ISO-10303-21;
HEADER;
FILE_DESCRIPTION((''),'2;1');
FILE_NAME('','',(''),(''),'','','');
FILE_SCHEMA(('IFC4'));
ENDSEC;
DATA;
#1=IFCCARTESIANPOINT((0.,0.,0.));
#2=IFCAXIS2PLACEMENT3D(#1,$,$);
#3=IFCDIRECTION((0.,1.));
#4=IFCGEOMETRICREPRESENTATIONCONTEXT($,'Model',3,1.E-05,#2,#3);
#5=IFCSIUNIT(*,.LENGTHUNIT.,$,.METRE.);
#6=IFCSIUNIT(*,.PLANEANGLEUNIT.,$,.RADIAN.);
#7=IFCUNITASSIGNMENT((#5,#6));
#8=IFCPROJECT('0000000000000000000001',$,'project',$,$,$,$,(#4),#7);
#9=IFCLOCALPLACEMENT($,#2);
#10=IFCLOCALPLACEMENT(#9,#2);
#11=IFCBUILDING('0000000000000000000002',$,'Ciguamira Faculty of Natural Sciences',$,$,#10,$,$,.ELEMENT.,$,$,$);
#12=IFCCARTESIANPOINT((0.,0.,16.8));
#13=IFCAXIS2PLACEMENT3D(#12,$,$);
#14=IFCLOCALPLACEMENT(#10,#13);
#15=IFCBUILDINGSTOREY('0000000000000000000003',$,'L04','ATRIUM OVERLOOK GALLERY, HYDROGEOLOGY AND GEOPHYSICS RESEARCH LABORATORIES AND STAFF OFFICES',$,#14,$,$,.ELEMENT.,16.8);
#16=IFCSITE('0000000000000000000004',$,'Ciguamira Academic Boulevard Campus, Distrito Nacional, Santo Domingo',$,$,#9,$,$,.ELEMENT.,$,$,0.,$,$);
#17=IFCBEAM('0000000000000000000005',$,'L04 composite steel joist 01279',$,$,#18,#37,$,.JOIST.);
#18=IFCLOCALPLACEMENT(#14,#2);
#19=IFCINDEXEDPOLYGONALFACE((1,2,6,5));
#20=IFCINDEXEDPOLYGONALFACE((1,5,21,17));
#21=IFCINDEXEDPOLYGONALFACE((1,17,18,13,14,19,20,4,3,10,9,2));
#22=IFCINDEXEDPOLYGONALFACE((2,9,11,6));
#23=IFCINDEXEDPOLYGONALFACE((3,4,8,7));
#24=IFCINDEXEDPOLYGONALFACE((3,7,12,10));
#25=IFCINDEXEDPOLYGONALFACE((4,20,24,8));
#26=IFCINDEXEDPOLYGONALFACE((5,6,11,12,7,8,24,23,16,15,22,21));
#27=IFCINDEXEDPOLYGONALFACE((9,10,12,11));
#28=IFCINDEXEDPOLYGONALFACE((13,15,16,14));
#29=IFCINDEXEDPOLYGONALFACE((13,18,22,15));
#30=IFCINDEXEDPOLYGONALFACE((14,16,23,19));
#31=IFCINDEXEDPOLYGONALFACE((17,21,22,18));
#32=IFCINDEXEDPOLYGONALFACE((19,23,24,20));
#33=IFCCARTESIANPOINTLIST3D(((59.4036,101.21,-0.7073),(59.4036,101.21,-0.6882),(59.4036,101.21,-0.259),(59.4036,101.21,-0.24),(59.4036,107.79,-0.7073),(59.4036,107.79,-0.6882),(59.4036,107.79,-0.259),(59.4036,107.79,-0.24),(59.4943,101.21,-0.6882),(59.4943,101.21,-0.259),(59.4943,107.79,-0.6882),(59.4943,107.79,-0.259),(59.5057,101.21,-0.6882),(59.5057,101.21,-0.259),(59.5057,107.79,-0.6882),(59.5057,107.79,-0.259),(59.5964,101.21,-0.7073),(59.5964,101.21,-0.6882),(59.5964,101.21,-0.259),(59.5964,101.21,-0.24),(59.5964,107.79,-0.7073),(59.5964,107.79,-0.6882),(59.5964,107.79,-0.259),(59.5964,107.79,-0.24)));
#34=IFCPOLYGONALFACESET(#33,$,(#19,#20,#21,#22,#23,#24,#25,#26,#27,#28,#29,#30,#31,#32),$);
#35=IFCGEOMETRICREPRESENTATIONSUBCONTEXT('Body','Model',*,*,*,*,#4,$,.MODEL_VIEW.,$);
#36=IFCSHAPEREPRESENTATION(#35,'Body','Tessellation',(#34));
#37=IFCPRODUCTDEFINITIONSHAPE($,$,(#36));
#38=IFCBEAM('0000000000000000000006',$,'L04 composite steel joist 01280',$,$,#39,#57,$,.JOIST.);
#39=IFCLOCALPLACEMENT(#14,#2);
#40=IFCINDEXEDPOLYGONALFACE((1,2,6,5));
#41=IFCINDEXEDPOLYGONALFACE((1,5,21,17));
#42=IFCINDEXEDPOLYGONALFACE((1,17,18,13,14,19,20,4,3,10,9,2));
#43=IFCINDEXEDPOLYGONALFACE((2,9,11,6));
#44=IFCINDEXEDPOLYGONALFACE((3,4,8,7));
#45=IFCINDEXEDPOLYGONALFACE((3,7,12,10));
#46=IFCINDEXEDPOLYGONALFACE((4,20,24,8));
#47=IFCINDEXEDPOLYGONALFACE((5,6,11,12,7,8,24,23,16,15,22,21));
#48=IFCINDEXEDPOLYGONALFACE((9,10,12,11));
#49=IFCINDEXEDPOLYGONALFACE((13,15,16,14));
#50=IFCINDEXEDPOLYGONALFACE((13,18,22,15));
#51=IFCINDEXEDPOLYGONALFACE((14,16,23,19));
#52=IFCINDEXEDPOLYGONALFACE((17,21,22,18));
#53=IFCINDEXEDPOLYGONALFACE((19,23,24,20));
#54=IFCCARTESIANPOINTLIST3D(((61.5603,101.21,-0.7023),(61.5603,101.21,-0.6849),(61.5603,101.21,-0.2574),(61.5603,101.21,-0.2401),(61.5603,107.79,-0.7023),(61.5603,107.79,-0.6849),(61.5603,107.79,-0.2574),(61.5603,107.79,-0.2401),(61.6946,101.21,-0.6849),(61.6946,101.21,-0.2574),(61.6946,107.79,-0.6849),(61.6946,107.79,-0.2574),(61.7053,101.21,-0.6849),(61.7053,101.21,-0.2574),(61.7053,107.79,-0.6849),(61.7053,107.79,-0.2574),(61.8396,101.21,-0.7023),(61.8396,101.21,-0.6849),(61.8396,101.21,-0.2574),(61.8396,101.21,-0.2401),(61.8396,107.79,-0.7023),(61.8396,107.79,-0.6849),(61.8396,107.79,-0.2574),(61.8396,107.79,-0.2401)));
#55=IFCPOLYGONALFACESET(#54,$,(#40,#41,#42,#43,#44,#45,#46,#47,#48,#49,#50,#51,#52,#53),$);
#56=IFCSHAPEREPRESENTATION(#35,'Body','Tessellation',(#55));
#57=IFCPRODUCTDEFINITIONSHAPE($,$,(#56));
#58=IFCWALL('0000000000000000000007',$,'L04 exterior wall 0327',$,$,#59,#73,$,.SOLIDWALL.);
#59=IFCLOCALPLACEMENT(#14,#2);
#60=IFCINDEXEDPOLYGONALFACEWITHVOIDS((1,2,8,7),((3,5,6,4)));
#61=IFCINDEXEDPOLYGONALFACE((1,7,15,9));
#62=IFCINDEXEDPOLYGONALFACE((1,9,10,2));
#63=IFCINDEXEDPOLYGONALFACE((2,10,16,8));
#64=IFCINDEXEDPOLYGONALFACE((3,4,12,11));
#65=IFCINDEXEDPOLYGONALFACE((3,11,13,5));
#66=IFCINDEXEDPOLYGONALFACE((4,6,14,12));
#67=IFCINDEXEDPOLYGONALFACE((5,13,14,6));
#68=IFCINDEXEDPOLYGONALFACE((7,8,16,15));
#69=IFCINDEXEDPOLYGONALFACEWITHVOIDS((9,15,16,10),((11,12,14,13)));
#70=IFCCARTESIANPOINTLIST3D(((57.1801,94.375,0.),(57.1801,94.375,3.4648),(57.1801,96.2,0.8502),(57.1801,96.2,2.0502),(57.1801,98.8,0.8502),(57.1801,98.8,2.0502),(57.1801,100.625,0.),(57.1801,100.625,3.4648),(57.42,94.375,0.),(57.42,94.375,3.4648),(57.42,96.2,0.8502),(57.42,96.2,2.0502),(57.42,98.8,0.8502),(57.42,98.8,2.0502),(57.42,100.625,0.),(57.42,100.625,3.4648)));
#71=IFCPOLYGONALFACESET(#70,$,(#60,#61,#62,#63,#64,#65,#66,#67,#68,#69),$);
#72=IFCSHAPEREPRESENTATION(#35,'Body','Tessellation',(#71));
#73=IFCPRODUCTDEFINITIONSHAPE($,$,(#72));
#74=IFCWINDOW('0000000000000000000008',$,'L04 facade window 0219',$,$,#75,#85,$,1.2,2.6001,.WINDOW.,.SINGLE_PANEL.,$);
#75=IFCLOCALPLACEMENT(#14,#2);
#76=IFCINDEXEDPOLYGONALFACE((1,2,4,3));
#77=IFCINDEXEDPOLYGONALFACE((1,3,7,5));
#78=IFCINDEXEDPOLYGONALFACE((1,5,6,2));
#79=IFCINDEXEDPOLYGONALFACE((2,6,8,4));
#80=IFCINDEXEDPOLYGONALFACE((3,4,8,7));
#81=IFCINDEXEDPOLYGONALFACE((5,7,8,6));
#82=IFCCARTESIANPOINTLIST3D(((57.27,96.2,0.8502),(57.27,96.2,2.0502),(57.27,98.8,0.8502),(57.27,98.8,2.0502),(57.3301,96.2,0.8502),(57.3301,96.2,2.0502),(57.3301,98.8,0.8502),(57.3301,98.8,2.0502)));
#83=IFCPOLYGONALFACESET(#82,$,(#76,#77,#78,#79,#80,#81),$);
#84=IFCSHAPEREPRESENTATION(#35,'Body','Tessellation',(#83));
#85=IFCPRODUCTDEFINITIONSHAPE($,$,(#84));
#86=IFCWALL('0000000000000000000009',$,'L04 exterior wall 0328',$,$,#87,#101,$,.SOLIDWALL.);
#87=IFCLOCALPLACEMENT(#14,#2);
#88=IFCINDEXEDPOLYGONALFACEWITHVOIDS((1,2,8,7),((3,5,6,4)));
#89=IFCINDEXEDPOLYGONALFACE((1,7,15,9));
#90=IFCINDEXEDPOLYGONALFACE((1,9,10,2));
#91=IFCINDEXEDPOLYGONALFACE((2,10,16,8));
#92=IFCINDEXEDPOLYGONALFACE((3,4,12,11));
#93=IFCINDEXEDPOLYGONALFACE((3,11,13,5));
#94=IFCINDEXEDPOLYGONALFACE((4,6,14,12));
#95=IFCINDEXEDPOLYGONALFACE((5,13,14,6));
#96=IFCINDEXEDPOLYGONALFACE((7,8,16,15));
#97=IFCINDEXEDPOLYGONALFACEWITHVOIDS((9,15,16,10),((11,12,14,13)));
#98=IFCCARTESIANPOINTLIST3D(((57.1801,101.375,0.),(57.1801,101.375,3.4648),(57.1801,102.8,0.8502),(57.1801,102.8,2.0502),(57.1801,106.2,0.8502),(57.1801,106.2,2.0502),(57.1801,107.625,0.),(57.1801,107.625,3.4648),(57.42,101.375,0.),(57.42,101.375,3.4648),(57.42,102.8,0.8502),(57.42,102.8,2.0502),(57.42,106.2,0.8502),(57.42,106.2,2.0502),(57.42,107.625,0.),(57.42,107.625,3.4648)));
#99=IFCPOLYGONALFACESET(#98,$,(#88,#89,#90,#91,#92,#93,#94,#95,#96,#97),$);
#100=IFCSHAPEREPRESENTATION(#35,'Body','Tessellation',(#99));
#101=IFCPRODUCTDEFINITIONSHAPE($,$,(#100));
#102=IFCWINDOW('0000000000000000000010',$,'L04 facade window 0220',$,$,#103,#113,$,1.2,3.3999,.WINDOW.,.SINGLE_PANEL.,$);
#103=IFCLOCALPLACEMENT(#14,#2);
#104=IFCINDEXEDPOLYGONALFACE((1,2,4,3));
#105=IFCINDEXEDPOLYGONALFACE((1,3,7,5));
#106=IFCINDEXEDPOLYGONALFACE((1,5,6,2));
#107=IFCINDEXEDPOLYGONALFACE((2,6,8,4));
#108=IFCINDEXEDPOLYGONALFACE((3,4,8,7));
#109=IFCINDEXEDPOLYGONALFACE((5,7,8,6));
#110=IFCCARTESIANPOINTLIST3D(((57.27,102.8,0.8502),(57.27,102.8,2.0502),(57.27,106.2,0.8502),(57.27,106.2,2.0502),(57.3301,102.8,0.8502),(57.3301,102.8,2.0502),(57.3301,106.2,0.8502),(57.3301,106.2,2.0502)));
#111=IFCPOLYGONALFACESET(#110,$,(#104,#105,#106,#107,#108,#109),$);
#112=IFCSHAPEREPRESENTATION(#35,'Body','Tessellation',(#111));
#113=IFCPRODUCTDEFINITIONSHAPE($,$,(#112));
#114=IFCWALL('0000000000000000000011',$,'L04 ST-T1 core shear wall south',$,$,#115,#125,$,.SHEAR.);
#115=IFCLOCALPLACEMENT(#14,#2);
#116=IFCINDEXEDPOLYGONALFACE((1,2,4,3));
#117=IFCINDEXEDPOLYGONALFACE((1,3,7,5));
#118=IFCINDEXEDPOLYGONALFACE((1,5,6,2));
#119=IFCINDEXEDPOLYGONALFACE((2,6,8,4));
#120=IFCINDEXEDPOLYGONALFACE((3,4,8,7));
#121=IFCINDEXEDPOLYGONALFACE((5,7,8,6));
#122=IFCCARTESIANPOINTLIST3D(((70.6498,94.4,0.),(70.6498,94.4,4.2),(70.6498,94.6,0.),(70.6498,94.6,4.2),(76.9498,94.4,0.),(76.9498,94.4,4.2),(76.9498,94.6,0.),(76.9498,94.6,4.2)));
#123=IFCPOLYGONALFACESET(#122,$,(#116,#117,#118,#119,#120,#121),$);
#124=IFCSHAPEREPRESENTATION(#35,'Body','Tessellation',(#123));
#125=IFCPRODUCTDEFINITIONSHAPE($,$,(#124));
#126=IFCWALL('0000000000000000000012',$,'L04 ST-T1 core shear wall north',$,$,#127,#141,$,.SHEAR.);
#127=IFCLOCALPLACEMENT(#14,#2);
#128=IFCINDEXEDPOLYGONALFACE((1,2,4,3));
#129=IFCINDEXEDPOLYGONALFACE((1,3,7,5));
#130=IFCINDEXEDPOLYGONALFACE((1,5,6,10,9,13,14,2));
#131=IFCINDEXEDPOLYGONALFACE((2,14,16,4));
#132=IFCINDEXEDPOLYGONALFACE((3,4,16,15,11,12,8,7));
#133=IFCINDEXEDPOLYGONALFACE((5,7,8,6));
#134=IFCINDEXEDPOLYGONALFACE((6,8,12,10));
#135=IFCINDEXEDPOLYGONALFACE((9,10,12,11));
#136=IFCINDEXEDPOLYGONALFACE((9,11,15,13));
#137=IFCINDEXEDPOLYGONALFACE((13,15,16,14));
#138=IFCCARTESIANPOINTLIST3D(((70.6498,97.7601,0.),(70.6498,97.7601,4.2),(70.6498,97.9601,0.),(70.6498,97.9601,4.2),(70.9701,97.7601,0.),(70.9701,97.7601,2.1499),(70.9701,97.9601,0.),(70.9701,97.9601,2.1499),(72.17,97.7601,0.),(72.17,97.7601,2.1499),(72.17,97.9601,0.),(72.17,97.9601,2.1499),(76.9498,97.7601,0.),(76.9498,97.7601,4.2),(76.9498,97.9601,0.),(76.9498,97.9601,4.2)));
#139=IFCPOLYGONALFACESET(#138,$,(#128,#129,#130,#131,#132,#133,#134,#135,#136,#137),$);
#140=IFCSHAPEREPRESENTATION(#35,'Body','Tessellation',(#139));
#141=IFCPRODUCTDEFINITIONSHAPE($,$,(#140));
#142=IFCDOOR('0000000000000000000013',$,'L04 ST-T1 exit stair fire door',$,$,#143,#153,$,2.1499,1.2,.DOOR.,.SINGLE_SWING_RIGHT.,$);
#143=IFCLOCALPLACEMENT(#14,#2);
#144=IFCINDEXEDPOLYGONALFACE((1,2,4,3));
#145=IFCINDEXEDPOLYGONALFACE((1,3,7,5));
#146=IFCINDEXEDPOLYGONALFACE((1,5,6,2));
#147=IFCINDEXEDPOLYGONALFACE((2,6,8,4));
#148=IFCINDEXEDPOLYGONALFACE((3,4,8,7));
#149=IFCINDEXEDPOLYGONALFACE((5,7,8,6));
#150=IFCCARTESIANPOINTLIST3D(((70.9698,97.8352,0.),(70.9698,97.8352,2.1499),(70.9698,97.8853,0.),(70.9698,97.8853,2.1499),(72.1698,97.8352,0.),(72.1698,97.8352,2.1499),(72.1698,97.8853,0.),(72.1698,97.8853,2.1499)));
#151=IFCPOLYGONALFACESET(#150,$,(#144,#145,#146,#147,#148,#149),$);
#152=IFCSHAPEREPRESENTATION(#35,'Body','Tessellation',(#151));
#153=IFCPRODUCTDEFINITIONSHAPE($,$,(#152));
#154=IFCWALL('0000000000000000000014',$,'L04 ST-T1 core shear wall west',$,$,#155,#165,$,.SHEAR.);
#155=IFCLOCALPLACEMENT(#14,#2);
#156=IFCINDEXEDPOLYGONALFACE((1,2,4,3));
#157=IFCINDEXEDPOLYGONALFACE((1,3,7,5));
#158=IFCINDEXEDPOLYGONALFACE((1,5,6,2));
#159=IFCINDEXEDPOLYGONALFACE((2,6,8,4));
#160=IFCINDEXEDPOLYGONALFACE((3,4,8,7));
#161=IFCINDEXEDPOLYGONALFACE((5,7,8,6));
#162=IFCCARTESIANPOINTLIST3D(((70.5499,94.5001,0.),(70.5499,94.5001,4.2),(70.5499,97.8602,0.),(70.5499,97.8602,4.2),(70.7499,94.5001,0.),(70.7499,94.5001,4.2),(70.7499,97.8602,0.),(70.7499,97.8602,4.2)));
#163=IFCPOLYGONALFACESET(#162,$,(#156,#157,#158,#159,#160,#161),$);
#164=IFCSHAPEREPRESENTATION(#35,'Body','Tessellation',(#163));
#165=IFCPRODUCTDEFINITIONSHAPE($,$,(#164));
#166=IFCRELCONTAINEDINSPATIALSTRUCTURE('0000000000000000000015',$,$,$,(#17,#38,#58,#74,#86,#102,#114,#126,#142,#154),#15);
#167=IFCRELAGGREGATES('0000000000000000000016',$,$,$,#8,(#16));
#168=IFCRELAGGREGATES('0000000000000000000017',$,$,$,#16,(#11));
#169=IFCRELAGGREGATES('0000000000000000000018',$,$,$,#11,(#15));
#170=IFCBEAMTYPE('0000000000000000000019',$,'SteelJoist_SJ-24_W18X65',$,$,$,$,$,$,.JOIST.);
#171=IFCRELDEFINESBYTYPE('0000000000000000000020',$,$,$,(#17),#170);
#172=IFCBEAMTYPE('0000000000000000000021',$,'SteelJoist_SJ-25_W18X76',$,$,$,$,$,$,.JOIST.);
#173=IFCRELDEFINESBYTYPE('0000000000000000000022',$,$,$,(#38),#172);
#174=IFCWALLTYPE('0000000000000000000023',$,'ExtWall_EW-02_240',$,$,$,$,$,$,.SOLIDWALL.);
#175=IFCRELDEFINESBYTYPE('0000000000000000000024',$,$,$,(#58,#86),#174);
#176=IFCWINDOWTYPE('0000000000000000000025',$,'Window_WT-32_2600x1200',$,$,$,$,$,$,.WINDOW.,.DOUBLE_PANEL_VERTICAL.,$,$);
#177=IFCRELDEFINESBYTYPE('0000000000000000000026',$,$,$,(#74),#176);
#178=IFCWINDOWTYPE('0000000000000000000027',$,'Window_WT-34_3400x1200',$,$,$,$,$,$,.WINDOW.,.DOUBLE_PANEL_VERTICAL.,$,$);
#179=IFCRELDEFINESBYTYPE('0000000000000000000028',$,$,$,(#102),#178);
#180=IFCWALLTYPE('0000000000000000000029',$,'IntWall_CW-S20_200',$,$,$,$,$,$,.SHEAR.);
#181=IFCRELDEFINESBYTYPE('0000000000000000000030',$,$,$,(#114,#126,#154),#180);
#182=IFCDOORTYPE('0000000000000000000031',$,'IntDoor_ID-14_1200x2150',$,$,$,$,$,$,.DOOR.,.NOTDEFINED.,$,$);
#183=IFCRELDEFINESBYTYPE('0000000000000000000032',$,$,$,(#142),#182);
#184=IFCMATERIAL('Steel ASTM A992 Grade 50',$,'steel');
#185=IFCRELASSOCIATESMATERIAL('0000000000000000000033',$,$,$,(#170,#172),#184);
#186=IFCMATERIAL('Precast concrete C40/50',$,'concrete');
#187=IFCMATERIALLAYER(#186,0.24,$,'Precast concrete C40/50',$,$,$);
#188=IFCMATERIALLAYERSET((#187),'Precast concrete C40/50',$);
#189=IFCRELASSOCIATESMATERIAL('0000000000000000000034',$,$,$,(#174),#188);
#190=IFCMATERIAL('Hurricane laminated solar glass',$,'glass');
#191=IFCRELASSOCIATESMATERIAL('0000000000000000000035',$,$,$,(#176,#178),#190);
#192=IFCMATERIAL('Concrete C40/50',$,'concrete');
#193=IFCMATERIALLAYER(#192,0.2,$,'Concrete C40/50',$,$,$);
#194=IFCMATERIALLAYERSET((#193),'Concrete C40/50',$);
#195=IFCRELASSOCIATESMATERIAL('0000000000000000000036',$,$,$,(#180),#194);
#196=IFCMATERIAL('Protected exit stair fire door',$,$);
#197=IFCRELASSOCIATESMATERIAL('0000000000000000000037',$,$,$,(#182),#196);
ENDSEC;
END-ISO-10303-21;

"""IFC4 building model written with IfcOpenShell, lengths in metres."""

from ifc_helpers import new_model, si_unit, direction, frame, frame_2d, origin, origin_2d, place, context, subcontext, project, spatial, rectangle, i_section, extrude, material, layer, layer_set, material_profile, profile_set, type_object, element, fill, save


model = new_model("IFC4")

# Units and contexts
model_context = context("Model", 3, precision=1e-05, world=origin(), true_north=direction((0.0, 1.0)))
body_context = subcontext(model_context, "Body", "Model", "MODEL_VIEW")
ifc_project = project(units=[si_unit("LENGTHUNIT", "METRE"), si_unit("PLANEANGLEUNIT", "RADIAN")], contexts=[model_context])

# Site, building, storey
site_placement = place(None, origin())
site = spatial("IfcSite", under=ifc_project, at=site_placement, Name="Ciguamira Academic Boulevard Campus, Distrito Nacional, Santo Domingo", CompositionType="ELEMENT", RefElevation=0.0)
building_placement = place(site_placement, origin())
building = spatial("IfcBuilding", under=site, at=building_placement, Name="Ciguamira Faculty of Natural Sciences", CompositionType="ELEMENT")
storey_placement = place(building_placement, frame((0.0, 0.0, 16.8)))
storey = spatial("IfcBuildingStorey", under=building, at=storey_placement, Name="L04", Description="ATRIUM OVERLOOK GALLERY, HYDROGEOLOGY AND GEOPHYSICS RESEARCH LABORATORIES AND STAFF OFFICES", CompositionType="ELEMENT", Elevation=16.8)

# Beams
ifc_material_1 = material(Name="Concrete C40/50", Category="concrete")
ifc_material_2 = material(Name="Precast concrete C40/50", Category="concrete")
ifc_material_3 = material(Name="Steel ASTM A992 Grade 50", Category="steel")
ifc_material_profile_1 = material_profile(ifc_material_3, i_section(OverallWidth=0.1929, OverallDepth=0.4673, WebThickness=0.0115, FlangeThickness=0.019, at=origin_2d()), Name="W18X65")
ifc_profile_set_1 = profile_set([ifc_material_profile_1], Name="Steel ASTM A992 Grade 50")
beam_type_1 = type_object("IfcBeamType", Name="SteelJoist_SJ-24_W18X65", PredefinedType="JOIST", material=ifc_profile_set_1)
beam_1_placement = place(storey_placement, frame((59.5, 101.21, -0.4736), z_axis=(0.0, 1.0, 0.0), x_axis=(-1.0, 0.0, 0.0)))
element("IfcBeam", 1, at=beam_1_placement, inside=storey, type_object=beam_type_1, Name="L04 composite steel joist 01279", PredefinedType="JOIST", context=body_context, shape_type="SweptSolid", body=[
    extrude(i_section(OverallWidth=0.1929, OverallDepth=0.4673, WebThickness=0.0115, FlangeThickness=0.019, at=origin_2d()), origin(), (0.0, 0.0, 1.0), 6.5801),
])
ifc_material_profile_2 = material_profile(ifc_material_3, i_section(OverallWidth=0.2793, OverallDepth=0.4622, WebThickness=0.0107, FlangeThickness=0.0173, at=origin_2d()), Name="W18X76")
ifc_profile_set_2 = profile_set([ifc_material_profile_2], Name="Steel ASTM A992 Grade 50")
beam_type_2 = type_object("IfcBeamType", Name="SteelJoist_SJ-25_W18X76", PredefinedType="JOIST", material=ifc_profile_set_2)
beam_2_placement = place(storey_placement, frame((61.7, 101.21, -0.4712), z_axis=(0.0, 1.0, 0.0), x_axis=(-1.0, 0.0, 0.0)))
element("IfcBeam", 2, at=beam_2_placement, inside=storey, type_object=beam_type_2, Name="L04 composite steel joist 01280", PredefinedType="JOIST", context=body_context, shape_type="SweptSolid", body=[
    extrude(i_section(OverallWidth=0.2793, OverallDepth=0.4622, WebThickness=0.0107, FlangeThickness=0.0173, at=origin_2d()), origin(), (0.0, 0.0, 1.0), 6.5801),
])

# Walls, openings, windows
ifc_layer_1 = layer(ifc_material_2, 0.24, Name="Precast concrete C40/50")
ifc_layer_set_1 = layer_set([ifc_layer_1], Name="Precast concrete C40/50")
wall_type_1 = type_object("IfcWallType", Name="ExtWall_EW-02_240", PredefinedType="SOLIDWALL", material=ifc_layer_set_1)
wall_1_placement = place(storey_placement, frame((57.3, 94.375, 0.0), z_axis=(0.0, 0.0, 1.0), x_axis=(0.0, 1.0, 0.0)))
wall_1 = element("IfcWall", 3, at=wall_1_placement, inside=storey, type_object=wall_type_1, Name="L04 exterior wall 0327", PredefinedType="SOLIDWALL", context=body_context, shape_type="SweptSolid", body=[
    extrude(rectangle(XDim=6.25, YDim=0.24, at=frame_2d((3.125, 0.0))), origin(), (0.0, 0.0, 1.0), 3.4648),
])
opening_1_placement = place(wall_1_placement, frame((1.825, 0.0, 0.8501)))
opening_1 = element("IfcOpeningElement", 4, at=opening_1_placement, cuts=wall_1, PredefinedType="OPENING", context=body_context, shape_type="SweptSolid", body=[
    extrude(rectangle(XDim=2.6001, YDim=1.2, at=frame_2d((1.3, 0.6001))), frame((0.0, 0.1299, 0.0), z_axis=(0.0, -1.0, 0.0), x_axis=(1.0, 0.0, 0.0)), (0.0, 0.0, 1.0), 0.26),
])
ifc_material_4 = material(Name="Hurricane laminated solar glass", Category="glass")
window_type_1 = type_object("IfcWindowType", Name="Window_WT-32_2600x1200", PartitioningType="DOUBLE_PANEL_VERTICAL", PredefinedType="WINDOW", material=ifc_material_4)
window_1_placement = place(opening_1_placement, origin())
window_1 = element("IfcWindow", 5, at=window_1_placement, inside=storey, type_object=window_type_1, Name="L04 facade window 0219", OverallHeight=1.2, OverallWidth=2.6001, PartitioningType="SINGLE_PANEL", PredefinedType="WINDOW", context=body_context, shape_type="SweptSolid", body=[
    extrude(rectangle(XDim=2.6001, YDim=1.2, at=frame_2d((1.3, 0.6001))), frame((0.0, 0.03, 0.0), z_axis=(0.0, -1.0, 0.0), x_axis=(1.0, 0.0, 0.0)), (0.0, 0.0, 1.0), 0.0601),
])
fill(opening_1, window_1)
wall_2_placement = place(storey_placement, frame((57.3, 101.375, 0.0), z_axis=(0.0, 0.0, 1.0), x_axis=(0.0, 1.0, 0.0)))
wall_2 = element("IfcWall", 6, at=wall_2_placement, inside=storey, type_object=wall_type_1, Name="L04 exterior wall 0328", PredefinedType="SOLIDWALL", context=body_context, shape_type="SweptSolid", body=[
    extrude(rectangle(XDim=6.25, YDim=0.24, at=frame_2d((3.125, 0.0))), origin(), (0.0, 0.0, 1.0), 3.4648),
])
opening_2_placement = place(wall_2_placement, frame((1.425, 0.0, 0.8501)))
opening_2 = element("IfcOpeningElement", 7, at=opening_2_placement, cuts=wall_2, PredefinedType="OPENING", context=body_context, shape_type="SweptSolid", body=[
    extrude(rectangle(XDim=3.3999, YDim=1.2, at=frame_2d((1.7, 0.6001))), frame((0.0, 0.1299, 0.0), z_axis=(0.0, -1.0, 0.0), x_axis=(1.0, 0.0, 0.0)), (0.0, 0.0, 1.0), 0.26),
])
window_type_2 = type_object("IfcWindowType", Name="Window_WT-34_3400x1200", PartitioningType="DOUBLE_PANEL_VERTICAL", PredefinedType="WINDOW", material=ifc_material_4)
window_2_placement = place(opening_2_placement, origin())
window_2 = element("IfcWindow", 8, at=window_2_placement, inside=storey, type_object=window_type_2, Name="L04 facade window 0220", OverallHeight=1.2, OverallWidth=3.3999, PartitioningType="SINGLE_PANEL", PredefinedType="WINDOW", context=body_context, shape_type="SweptSolid", body=[
    extrude(rectangle(XDim=3.3999, YDim=1.2, at=frame_2d((1.7, 0.6001))), frame((0.0, 0.03, 0.0), z_axis=(0.0, -1.0, 0.0), x_axis=(1.0, 0.0, 0.0)), (0.0, 0.0, 1.0), 0.0601),
])
fill(opening_2, window_2)

# Wall
ifc_layer_2 = layer(ifc_material_1, 0.2, Name="Concrete C40/50")
ifc_layer_set_2 = layer_set([ifc_layer_2], Name="Concrete C40/50")
wall_type_2 = type_object("IfcWallType", Name="IntWall_CW-S20_200", PredefinedType="SHEAR", material=ifc_layer_set_2)
wall_3_placement = place(storey_placement, frame((70.6499, 94.5, 0.0), z_axis=(0.0, 0.0, 1.0), x_axis=(1.0, 0.0, 0.0)))
element("IfcWall", 9, at=wall_3_placement, inside=storey, type_object=wall_type_2, Name="L04 ST-T1 core shear wall south", PredefinedType="SHEAR", context=body_context, shape_type="SweptSolid", body=[
    extrude(rectangle(XDim=6.3, YDim=0.2, at=frame_2d((3.1499, 0.0))), origin(), (0.0, 0.0, 1.0), 4.2),
])

# Wall, opening, door
wall_4_placement = place(storey_placement, frame((70.6499, 97.8601, 0.0), z_axis=(0.0, 0.0, 1.0), x_axis=(1.0, 0.0, 0.0)))
wall_4 = element("IfcWall", 10, at=wall_4_placement, inside=storey, type_object=wall_type_2, Name="L04 ST-T1 core shear wall north", PredefinedType="SHEAR", context=body_context, shape_type="SweptSolid", body=[
    extrude(rectangle(XDim=6.3, YDim=0.2, at=frame_2d((3.1499, 0.0))), origin(), (0.0, 0.0, 1.0), 4.2),
])
opening_3_placement = place(wall_4_placement, frame((0.3201, 0.0, 0.0)))
opening_3 = element("IfcOpeningElement", 11, at=opening_3_placement, cuts=wall_4, PredefinedType="OPENING", context=body_context, shape_type="SweptSolid", body=[
    extrude(rectangle(XDim=1.2, YDim=2.1499, at=frame_2d((0.6001, 1.075))), frame((0.0, 0.1099, 0.0), z_axis=(0.0, -1.0, 0.0), x_axis=(1.0, 0.0, 0.0)), (0.0, 0.0, 1.0), 0.22),
])
ifc_material_5 = material(Name="Protected exit stair fire door")
door_type = type_object("IfcDoorType", Name="IntDoor_ID-14_1200x2150", OperationType="NOTDEFINED", PredefinedType="DOOR", material=ifc_material_5)
door_placement = place(opening_3_placement, frame((1.2, 0.0, 0.0), z_axis=(0.0, 0.0, 1.0), x_axis=(-1.0, 0.0, 0.0)))
door = element("IfcDoor", 12, at=door_placement, inside=storey, type_object=door_type, Name="L04 ST-T1 exit stair fire door", OperationType="SINGLE_SWING_RIGHT", OverallHeight=2.1499, OverallWidth=1.2, PredefinedType="DOOR", context=body_context, shape_type="SweptSolid", body=[
    extrude(rectangle(XDim=1.2, YDim=2.1499, at=frame_2d((0.6001, 1.075))), frame((0.0, 0.0249, 0.0), z_axis=(0.0, -1.0, 0.0), x_axis=(1.0, 0.0, 0.0)), (0.0, 0.0, 1.0), 0.05),
])
fill(opening_3, door)

# Wall
wall_5_placement = place(storey_placement, frame((70.6499, 94.5, 0.0), z_axis=(0.0, 0.0, 1.0), x_axis=(0.0, 1.0, 0.0)))
element("IfcWall", 13, at=wall_5_placement, inside=storey, type_object=wall_type_2, Name="L04 ST-T1 core shear wall west", PredefinedType="SHEAR", context=body_context, shape_type="SweptSolid", body=[
    extrude(rectangle(XDim=3.3601, YDim=0.2, at=frame_2d((1.6802, 0.0))), origin(), (0.0, 0.0, 1.0), 4.2),
])

save(model, "model.ifc")
